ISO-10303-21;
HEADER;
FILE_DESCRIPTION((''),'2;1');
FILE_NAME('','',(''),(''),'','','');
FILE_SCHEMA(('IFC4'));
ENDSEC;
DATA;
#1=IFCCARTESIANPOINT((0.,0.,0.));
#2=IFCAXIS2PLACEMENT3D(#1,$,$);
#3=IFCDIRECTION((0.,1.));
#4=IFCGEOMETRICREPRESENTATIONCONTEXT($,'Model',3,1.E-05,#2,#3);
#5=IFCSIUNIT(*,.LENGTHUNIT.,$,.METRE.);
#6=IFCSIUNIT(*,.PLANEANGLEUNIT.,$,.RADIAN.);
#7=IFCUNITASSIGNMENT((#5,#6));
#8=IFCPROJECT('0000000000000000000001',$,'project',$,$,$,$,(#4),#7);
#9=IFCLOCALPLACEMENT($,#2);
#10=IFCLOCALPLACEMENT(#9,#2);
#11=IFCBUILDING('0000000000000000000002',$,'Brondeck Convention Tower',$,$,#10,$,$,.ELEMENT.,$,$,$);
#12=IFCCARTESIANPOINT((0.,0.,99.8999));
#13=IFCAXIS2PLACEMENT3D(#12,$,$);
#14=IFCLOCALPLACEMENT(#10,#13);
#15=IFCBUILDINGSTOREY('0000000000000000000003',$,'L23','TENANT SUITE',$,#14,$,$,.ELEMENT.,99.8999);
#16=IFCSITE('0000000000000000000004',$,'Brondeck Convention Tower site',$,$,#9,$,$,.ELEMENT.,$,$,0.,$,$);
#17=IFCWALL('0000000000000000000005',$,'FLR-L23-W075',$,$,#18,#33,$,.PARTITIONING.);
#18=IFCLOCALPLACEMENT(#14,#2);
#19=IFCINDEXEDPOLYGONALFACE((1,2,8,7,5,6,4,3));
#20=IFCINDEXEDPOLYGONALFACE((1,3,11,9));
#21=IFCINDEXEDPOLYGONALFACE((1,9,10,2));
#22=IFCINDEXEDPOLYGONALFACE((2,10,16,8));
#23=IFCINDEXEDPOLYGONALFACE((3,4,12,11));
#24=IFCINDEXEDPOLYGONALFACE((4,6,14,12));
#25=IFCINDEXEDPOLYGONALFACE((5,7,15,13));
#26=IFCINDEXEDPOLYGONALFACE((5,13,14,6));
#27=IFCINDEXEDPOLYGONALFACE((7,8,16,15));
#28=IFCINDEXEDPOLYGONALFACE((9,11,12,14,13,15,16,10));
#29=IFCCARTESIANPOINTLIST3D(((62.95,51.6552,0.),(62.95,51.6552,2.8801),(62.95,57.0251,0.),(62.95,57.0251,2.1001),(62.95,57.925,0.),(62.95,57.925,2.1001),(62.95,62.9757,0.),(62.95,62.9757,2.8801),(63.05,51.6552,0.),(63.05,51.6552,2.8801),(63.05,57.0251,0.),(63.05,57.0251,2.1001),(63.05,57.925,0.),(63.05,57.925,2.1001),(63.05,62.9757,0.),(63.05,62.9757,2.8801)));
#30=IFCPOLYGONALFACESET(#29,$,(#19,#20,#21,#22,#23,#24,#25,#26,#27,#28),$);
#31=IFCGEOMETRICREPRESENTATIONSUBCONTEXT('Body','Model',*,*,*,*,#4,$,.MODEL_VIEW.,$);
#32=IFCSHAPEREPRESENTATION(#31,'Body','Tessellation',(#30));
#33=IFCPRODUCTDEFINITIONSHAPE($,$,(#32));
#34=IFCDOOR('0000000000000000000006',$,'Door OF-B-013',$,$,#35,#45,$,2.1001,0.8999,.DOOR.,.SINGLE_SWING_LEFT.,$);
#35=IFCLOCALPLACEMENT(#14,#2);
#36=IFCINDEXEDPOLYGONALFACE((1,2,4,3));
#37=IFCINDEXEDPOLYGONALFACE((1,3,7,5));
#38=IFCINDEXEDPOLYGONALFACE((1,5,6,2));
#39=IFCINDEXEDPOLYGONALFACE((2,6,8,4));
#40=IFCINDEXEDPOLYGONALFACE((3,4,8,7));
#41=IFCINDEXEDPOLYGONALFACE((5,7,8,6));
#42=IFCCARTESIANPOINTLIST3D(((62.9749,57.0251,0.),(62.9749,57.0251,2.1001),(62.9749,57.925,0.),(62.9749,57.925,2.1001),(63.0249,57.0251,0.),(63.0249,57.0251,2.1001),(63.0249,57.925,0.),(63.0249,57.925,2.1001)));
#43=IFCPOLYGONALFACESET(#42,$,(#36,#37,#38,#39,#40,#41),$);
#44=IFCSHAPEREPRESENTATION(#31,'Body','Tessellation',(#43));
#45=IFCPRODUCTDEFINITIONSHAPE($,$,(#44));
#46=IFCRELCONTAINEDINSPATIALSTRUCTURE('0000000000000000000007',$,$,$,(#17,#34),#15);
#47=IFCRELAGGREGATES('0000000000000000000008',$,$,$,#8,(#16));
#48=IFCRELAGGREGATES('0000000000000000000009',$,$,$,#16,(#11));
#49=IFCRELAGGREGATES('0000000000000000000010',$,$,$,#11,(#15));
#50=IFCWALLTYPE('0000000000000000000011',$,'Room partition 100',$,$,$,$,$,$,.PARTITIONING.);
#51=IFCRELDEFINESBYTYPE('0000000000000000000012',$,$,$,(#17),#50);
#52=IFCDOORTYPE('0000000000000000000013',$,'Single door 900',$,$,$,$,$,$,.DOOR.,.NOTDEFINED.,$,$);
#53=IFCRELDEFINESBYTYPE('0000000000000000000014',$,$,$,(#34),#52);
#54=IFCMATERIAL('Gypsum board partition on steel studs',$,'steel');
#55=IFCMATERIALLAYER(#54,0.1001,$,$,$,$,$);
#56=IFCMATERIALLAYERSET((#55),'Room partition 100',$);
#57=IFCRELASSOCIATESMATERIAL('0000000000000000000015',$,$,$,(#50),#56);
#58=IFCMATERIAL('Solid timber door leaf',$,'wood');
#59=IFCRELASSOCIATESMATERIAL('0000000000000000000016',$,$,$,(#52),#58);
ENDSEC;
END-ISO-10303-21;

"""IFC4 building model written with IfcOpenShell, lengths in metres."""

from ifc_helpers import new_model, si_unit, direction, frame, frame_2d, origin, place, context, subcontext, project, spatial, rectangle, extrude, material, layer, layer_set, type_object, element, fill, save


model = new_model("IFC4")

# Units and contexts
model_context = context("Model", 3, precision=1e-05, world=origin(), true_north=direction((0.0, 1.0)))
body_context = subcontext(model_context, "Body", "Model", "MODEL_VIEW")
ifc_project = project(units=[si_unit("LENGTHUNIT", "METRE"), si_unit("PLANEANGLEUNIT", "RADIAN")], contexts=[model_context])

# Site, building, storey
site_placement = place(None, origin())
site = spatial("IfcSite", under=ifc_project, at=site_placement, Name="Brondeck Convention Tower site", CompositionType="ELEMENT", RefElevation=0.0)
building_placement = place(site_placement, origin())
building = spatial("IfcBuilding", under=site, at=building_placement, Name="Brondeck Convention Tower", CompositionType="ELEMENT")
storey_placement = place(building_placement, frame((0.0, 0.0, 99.8999)))
storey = spatial("IfcBuildingStorey", under=building, at=storey_placement, Name="L23", Description="TENANT SUITE", CompositionType="ELEMENT", Elevation=99.8999)

# Wall, opening, door
ifc_material_1 = material(Name="Gypsum board partition on steel studs", Category="steel")
ifc_layer_1 = layer(ifc_material_1, 0.1001)
ifc_layer_set_1 = layer_set([ifc_layer_1], Name="Room partition 100")
wall_type_1 = type_object("IfcWallType", Name="Room partition 100", PredefinedType="PARTITIONING", material=ifc_layer_set_1)
wall_1_placement = place(storey_placement, frame((63.0, 62.9756, 0.0), z_axis=(0.0, 0.0, 1.0), x_axis=(0.0, -1.0, 0.0)))
wall_1 = element("IfcWall", 1, at=wall_1_placement, inside=storey, type_object=wall_type_1, Name="FLR-L23-W075", PredefinedType="PARTITIONING", context=body_context, shape_type="SweptSolid", body=[
    extrude(rectangle(XDim=11.3206, YDim=0.1001, at=frame_2d((5.6602, 0.0))), origin(), (0.0, 0.0, 1.0), 2.8801),
])
opening_1_placement = place(wall_1_placement, frame((5.0505, 0.0, 0.0)))
opening_1 = element("IfcOpeningElement", 2, at=opening_1_placement, cuts=wall_1, PredefinedType="OPENING", context=body_context, shape_type="SweptSolid", body=[
    extrude(rectangle(XDim=0.8999, YDim=2.1001, at=frame_2d((0.45, 1.05))), frame((0.0, 0.0601, 0.0), z_axis=(0.0, -1.0, 0.0), x_axis=(1.0, 0.0, 0.0)), (0.0, 0.0, 1.0), 0.1201),
])
ifc_material_2 = material(Name="Solid timber door leaf", Category="wood")
door_type = type_object("IfcDoorType", Name="Single door 900", OperationType="NOTDEFINED", PredefinedType="DOOR", material=ifc_material_2)
door_placement = place(opening_1_placement, origin())
door = element("IfcDoor", 3, at=door_placement, inside=storey, type_object=door_type, Name="Door OF-B-013", OperationType="SINGLE_SWING_LEFT", OverallHeight=2.1001, OverallWidth=0.8999, PredefinedType="DOOR", context=body_context, shape_type="SweptSolid", body=[
    extrude(rectangle(XDim=0.8999, YDim=2.1001, at=frame_2d((0.45, 1.05))), frame((0.0, 0.0249, 0.0), z_axis=(0.0, -1.0, 0.0), x_axis=(1.0, 0.0, 0.0)), (0.0, 0.0, 1.0), 0.05),
])
fill(opening_1, door)

save(model, "model.ifc")
